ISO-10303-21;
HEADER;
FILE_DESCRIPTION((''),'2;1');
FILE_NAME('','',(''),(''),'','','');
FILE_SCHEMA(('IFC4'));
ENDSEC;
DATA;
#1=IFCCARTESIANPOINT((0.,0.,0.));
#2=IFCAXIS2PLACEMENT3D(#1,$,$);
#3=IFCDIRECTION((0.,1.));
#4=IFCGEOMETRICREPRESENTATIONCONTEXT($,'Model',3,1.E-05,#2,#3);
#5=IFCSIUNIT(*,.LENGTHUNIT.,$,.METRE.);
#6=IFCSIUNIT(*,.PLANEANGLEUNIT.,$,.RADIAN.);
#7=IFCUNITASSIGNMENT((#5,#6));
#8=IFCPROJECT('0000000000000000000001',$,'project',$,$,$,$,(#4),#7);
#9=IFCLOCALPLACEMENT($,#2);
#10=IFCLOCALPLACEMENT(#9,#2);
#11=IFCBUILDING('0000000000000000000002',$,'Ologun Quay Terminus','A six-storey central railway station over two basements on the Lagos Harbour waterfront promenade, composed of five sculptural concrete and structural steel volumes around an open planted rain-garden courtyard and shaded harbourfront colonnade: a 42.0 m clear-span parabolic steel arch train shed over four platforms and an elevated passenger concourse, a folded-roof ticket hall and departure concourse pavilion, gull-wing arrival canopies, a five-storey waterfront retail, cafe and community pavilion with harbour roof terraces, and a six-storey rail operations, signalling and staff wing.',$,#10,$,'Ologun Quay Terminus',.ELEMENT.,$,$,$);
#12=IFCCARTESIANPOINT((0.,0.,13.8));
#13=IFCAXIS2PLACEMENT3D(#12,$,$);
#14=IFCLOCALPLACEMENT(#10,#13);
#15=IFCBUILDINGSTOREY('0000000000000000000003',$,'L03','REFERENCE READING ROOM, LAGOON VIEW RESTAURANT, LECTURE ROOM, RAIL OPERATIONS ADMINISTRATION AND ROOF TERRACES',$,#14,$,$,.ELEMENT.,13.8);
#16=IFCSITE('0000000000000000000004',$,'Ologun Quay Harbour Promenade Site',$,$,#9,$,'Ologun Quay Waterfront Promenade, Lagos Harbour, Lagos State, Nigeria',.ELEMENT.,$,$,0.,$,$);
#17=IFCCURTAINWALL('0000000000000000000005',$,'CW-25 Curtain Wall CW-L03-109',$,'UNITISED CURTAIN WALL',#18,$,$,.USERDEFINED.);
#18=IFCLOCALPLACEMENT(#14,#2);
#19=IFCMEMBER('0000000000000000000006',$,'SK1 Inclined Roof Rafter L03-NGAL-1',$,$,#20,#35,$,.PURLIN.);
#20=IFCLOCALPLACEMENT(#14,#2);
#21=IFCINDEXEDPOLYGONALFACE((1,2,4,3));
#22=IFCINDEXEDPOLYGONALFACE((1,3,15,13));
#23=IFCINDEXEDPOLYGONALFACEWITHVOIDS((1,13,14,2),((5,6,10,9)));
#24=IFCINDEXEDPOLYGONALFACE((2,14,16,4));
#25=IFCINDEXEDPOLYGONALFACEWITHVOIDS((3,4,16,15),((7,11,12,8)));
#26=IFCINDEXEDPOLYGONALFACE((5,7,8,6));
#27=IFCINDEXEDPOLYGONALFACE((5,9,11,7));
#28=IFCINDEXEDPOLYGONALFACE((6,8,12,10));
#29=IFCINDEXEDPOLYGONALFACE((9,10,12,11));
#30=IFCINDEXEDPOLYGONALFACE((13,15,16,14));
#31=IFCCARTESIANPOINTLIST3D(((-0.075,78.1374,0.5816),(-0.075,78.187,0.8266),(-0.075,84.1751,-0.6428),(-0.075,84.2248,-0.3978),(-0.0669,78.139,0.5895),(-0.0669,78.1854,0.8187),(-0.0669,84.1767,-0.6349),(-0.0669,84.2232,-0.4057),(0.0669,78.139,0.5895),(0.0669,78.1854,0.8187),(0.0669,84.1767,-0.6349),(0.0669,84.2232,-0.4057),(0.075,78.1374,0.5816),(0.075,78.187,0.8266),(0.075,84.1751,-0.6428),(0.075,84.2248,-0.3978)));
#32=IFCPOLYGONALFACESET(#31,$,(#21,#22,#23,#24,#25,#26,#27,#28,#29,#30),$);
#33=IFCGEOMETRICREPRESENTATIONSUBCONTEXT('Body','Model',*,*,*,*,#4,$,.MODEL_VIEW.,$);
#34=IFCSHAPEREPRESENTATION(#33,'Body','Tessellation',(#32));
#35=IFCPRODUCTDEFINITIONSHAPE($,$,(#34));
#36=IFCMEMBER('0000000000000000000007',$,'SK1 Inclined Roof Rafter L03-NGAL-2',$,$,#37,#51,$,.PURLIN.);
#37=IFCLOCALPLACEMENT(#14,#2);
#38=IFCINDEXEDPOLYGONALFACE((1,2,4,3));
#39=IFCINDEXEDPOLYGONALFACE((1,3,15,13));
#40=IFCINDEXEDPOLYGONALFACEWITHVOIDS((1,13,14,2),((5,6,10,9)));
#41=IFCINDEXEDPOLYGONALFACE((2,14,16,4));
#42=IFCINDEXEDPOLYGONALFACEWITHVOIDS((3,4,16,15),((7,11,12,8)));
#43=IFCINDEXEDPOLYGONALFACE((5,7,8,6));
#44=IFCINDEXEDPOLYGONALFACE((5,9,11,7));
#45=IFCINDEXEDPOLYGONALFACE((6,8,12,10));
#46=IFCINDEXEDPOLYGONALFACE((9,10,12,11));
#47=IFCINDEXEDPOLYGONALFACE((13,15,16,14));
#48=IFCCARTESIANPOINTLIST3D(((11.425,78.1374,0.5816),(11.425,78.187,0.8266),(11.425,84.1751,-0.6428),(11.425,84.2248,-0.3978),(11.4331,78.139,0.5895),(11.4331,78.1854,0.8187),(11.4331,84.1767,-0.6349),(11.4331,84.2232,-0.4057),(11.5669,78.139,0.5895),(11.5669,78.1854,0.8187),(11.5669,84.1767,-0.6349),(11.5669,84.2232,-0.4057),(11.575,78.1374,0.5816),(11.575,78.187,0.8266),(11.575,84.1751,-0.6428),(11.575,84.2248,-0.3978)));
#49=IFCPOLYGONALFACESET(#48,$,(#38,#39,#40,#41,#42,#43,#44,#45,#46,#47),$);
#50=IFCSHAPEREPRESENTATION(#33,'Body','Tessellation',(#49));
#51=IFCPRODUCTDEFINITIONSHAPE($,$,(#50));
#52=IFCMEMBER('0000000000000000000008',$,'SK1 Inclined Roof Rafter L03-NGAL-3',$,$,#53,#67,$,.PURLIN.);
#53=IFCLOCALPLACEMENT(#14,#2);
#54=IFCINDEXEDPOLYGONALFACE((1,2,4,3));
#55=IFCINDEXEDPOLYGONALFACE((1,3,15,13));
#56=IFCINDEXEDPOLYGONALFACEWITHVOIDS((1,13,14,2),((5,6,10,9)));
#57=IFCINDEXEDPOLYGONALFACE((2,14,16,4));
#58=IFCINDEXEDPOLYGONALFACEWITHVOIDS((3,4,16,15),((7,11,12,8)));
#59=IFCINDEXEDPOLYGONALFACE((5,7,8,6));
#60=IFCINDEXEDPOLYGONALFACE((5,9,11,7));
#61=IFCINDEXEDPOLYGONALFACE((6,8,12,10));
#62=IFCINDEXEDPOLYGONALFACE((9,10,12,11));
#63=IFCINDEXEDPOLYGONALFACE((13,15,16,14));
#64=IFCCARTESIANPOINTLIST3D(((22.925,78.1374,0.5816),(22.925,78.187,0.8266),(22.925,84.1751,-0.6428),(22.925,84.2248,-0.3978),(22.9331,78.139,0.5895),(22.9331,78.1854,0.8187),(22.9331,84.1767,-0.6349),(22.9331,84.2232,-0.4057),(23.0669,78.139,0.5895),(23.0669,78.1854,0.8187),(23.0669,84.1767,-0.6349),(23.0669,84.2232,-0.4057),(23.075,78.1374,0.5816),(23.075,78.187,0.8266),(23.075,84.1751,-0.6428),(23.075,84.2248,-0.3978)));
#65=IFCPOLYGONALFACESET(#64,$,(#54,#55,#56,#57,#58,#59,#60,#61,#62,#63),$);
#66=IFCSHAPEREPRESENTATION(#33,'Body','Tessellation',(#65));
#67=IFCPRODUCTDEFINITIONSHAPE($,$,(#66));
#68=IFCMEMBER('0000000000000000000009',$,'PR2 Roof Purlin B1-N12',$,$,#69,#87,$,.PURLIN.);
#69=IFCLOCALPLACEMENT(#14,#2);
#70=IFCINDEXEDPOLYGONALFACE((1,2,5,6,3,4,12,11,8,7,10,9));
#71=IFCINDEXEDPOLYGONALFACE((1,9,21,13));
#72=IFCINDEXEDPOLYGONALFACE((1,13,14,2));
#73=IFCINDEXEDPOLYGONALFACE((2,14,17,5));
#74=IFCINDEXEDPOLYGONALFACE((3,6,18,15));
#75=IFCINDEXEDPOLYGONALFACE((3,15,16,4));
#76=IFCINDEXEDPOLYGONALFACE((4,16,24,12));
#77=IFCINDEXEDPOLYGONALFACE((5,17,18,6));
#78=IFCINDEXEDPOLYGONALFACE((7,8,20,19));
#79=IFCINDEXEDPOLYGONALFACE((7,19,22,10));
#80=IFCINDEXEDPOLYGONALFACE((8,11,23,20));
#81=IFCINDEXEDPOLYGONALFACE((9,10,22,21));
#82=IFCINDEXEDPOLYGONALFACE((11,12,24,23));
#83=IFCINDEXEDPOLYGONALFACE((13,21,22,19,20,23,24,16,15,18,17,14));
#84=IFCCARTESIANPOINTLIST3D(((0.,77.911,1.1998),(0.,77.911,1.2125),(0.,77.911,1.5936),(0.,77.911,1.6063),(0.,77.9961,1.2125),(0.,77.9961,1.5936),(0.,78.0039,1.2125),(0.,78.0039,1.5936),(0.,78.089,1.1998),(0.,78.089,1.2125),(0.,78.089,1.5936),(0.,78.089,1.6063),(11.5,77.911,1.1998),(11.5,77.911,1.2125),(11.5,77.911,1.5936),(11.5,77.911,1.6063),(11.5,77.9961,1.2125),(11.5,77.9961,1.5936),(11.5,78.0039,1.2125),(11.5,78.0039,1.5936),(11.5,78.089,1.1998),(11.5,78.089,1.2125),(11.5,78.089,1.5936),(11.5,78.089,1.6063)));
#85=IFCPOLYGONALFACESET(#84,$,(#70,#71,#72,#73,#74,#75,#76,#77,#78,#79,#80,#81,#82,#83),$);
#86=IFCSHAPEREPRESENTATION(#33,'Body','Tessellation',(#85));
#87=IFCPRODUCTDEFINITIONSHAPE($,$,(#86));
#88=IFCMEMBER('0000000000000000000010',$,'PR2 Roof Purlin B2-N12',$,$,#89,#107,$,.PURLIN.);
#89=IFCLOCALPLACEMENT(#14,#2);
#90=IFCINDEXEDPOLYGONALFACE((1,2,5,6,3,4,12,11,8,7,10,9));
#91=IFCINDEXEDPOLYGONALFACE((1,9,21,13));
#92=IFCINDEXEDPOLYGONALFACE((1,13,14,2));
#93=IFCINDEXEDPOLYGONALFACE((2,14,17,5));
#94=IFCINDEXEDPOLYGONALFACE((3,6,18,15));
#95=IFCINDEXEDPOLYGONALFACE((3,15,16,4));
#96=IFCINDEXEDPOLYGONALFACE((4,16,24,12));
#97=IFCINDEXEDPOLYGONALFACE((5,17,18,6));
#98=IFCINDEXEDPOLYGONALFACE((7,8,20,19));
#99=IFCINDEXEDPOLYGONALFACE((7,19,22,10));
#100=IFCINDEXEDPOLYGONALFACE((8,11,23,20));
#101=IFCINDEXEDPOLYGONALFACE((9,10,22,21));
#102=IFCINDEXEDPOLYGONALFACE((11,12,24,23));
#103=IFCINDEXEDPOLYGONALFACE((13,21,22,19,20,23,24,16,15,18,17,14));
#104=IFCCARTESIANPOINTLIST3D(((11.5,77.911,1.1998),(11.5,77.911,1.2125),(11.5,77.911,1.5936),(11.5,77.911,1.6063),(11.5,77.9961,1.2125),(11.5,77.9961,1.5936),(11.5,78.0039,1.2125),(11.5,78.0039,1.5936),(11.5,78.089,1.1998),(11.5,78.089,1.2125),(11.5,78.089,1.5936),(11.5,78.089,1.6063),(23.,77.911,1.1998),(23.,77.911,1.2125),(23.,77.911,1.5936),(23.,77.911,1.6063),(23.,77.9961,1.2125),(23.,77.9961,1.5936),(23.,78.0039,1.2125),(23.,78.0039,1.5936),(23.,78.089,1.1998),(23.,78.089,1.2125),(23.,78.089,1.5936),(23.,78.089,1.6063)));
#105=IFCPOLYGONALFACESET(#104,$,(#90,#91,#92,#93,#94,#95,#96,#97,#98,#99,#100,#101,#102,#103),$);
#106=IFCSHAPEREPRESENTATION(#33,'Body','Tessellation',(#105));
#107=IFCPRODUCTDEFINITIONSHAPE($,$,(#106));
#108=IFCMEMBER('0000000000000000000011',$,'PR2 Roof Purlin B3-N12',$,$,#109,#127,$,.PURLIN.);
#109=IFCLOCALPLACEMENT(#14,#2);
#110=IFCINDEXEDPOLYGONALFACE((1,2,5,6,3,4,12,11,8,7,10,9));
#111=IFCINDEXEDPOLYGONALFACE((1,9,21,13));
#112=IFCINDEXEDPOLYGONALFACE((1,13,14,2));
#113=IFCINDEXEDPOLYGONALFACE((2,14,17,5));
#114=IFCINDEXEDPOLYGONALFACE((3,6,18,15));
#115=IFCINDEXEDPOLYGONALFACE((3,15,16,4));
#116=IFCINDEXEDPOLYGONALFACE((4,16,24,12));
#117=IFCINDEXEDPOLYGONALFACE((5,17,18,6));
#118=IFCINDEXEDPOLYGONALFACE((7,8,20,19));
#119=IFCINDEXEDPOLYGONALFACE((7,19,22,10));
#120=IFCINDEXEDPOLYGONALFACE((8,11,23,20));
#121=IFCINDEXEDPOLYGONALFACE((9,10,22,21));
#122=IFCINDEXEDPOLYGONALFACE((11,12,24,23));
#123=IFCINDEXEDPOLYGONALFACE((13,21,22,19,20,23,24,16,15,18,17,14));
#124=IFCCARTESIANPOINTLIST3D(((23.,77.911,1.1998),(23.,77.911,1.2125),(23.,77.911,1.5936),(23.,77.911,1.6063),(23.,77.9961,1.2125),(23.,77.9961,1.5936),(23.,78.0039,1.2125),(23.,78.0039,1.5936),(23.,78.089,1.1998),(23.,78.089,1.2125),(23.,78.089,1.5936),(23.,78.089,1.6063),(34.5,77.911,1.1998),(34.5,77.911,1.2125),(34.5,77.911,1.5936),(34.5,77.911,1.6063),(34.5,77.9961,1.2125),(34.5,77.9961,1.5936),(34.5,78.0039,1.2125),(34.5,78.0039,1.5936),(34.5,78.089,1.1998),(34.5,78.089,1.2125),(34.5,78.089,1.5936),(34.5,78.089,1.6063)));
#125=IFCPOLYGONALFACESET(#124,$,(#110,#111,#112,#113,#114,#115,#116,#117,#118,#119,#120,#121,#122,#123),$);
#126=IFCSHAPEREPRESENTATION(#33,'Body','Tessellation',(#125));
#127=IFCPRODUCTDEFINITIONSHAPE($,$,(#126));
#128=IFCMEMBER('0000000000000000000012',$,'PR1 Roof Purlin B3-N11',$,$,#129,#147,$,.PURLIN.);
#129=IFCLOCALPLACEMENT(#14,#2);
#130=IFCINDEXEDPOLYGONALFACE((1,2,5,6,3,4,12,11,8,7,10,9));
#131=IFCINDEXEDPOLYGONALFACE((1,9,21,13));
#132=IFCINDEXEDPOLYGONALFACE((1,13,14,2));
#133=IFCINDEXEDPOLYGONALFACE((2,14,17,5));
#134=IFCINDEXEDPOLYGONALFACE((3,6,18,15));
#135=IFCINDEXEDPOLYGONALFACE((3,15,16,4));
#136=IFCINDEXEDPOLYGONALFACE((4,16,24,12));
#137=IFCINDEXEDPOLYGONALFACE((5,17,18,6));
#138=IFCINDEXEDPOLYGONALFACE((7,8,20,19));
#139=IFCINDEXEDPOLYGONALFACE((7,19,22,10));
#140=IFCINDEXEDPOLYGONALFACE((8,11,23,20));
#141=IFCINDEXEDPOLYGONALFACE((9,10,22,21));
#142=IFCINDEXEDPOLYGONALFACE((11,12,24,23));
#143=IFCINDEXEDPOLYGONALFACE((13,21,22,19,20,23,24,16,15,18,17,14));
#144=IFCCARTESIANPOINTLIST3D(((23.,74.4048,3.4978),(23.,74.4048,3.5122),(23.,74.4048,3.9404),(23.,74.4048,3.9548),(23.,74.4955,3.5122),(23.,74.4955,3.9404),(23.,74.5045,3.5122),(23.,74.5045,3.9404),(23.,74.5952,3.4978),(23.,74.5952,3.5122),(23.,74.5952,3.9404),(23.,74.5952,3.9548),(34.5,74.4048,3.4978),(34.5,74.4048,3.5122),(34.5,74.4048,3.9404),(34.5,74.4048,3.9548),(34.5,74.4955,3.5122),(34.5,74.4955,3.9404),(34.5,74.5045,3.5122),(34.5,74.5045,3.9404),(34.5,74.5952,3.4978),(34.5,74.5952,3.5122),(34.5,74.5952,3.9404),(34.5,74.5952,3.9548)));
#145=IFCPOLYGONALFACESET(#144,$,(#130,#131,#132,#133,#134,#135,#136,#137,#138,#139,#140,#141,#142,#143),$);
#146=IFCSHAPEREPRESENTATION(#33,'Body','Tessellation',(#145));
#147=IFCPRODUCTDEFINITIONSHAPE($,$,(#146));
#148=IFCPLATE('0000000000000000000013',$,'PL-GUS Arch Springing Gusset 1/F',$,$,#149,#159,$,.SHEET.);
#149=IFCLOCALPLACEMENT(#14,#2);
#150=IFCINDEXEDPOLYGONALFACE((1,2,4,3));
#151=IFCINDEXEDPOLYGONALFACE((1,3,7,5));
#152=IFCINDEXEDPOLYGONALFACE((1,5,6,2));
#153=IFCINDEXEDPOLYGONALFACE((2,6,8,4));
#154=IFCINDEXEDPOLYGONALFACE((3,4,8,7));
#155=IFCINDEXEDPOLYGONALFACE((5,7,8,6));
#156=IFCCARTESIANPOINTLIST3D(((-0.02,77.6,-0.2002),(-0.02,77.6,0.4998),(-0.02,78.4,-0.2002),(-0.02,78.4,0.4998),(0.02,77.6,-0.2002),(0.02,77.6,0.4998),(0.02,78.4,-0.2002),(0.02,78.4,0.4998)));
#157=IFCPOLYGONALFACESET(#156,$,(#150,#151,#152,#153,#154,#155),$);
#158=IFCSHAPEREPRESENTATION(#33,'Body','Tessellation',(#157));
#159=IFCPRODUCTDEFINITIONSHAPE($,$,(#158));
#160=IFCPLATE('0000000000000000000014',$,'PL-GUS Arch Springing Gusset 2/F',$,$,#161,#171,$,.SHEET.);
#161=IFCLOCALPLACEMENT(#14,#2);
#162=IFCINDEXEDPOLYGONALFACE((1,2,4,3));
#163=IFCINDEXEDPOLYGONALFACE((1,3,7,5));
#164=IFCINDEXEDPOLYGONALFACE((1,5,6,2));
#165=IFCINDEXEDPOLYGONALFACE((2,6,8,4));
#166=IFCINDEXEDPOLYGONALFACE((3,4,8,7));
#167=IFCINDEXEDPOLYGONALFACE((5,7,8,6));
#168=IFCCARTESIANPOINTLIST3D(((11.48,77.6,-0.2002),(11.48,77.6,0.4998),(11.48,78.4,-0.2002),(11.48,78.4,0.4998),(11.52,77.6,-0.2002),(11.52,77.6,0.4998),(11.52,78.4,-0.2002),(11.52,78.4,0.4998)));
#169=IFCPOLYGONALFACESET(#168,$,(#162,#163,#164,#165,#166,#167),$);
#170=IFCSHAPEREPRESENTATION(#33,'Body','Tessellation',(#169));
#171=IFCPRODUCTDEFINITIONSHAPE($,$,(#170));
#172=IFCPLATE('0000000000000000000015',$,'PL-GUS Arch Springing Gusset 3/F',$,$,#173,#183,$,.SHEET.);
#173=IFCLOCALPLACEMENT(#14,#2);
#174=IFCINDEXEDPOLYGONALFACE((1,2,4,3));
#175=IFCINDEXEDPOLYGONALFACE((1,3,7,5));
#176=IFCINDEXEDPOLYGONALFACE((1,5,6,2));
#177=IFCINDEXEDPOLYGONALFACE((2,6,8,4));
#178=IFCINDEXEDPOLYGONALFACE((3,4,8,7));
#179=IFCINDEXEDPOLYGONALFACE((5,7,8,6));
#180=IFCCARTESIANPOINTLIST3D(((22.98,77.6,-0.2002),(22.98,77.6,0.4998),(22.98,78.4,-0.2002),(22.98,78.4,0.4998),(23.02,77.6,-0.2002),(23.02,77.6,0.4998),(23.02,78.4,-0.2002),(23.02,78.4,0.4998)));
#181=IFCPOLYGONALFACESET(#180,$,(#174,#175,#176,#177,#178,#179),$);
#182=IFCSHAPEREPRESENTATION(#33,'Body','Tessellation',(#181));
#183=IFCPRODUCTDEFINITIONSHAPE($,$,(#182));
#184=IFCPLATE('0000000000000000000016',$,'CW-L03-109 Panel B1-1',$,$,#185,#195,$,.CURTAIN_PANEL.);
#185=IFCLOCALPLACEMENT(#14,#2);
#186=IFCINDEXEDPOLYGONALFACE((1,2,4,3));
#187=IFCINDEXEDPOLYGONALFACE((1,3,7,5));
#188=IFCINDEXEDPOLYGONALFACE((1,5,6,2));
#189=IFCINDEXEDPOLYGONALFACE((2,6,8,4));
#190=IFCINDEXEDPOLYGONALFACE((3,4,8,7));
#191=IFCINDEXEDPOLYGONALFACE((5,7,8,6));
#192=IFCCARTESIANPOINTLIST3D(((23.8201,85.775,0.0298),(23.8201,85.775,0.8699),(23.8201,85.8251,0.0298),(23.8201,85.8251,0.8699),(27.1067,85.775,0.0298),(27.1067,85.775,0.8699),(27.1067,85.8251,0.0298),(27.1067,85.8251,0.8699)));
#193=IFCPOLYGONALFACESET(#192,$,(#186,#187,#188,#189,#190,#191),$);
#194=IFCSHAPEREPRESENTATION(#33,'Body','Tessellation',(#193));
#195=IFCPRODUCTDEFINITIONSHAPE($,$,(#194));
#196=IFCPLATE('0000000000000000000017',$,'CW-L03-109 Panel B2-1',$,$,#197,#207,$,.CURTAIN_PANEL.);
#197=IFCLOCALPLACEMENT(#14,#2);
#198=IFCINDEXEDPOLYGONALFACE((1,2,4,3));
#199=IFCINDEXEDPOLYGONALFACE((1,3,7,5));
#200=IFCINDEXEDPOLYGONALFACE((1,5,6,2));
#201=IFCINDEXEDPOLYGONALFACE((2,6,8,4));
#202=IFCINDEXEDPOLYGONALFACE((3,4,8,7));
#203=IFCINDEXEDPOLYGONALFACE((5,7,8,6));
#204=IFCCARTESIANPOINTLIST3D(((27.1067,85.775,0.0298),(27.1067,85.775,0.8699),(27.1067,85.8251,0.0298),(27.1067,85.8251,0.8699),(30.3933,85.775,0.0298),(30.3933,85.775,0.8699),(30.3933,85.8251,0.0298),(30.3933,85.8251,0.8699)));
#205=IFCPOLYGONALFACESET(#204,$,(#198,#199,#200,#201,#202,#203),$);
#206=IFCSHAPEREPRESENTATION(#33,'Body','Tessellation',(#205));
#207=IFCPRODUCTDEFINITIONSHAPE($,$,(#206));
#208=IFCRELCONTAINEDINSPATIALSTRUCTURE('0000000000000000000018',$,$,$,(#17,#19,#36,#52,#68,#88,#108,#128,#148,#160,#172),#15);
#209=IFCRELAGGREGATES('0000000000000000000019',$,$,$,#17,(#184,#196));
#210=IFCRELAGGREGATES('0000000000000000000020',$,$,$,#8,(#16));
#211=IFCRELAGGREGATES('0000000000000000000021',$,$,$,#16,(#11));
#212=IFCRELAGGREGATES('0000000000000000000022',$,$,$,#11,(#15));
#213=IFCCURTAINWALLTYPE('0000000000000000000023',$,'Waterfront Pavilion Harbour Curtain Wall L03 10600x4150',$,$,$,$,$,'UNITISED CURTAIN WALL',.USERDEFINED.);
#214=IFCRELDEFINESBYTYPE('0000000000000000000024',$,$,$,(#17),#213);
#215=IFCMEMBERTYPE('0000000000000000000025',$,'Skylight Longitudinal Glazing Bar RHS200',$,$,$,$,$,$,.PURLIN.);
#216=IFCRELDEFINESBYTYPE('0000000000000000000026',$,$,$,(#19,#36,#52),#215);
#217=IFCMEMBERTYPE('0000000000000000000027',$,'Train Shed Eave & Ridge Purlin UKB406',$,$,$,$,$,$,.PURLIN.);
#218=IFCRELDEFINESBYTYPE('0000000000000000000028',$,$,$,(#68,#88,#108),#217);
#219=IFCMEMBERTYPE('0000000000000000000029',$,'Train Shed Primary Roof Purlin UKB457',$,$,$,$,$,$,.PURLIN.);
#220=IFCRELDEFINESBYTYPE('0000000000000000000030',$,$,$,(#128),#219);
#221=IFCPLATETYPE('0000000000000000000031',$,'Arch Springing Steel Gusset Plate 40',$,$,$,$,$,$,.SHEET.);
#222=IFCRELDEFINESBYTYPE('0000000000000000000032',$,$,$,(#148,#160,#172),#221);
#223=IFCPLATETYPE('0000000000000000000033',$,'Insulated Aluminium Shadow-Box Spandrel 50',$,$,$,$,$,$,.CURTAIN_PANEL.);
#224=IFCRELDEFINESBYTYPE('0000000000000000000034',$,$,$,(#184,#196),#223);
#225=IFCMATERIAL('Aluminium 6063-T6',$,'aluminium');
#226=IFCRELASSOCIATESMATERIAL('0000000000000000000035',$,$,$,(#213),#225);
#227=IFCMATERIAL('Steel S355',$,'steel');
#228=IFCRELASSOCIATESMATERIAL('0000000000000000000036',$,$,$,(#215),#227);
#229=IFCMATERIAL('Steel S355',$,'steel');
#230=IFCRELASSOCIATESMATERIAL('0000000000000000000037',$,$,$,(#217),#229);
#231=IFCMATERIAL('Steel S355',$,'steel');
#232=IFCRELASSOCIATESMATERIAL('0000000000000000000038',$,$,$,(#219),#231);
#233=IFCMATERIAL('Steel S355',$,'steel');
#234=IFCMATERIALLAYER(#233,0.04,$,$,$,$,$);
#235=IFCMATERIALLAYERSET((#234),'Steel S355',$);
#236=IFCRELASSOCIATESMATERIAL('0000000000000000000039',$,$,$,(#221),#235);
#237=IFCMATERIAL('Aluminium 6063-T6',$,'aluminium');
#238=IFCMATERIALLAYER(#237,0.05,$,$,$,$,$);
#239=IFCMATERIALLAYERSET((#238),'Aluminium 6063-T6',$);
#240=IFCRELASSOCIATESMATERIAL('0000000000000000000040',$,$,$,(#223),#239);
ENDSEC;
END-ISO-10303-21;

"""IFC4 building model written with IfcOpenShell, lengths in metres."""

from ifc_helpers import new_model, si_unit, direction, frame, origin, origin_2d, place, context, subcontext, project, spatial, rectangle, hollow_rectangle, i_section, extrude, material, layer, layer_set, material_profile, profile_set, type_object, element, aggregate, save


model = new_model("IFC4")

# Units and contexts
model_context = context("Model", 3, precision=1e-05, world=origin(), true_north=direction((0.0, 1.0)))
body_context = subcontext(model_context, "Body", "Model", "MODEL_VIEW")
ifc_project = project(units=[si_unit("LENGTHUNIT", "METRE"), si_unit("PLANEANGLEUNIT", "RADIAN")], contexts=[model_context])

# Site, building, storey
site_placement = place(None, origin())
site = spatial("IfcSite", under=ifc_project, at=site_placement, Name="Ologun Quay Harbour Promenade Site", LongName="Ologun Quay Waterfront Promenade, Lagos Harbour, Lagos State, Nigeria", CompositionType="ELEMENT", RefElevation=0.0)
building_placement = place(site_placement, origin())
building = spatial("IfcBuilding", under=site, at=building_placement, Name="Ologun Quay Terminus", Description="A six-storey central railway station over two basements on the Lagos Harbour waterfront promenade, composed of five sculptural concrete and structural steel volumes around an open planted rain-garden courtyard and shaded harbourfront colonnade: a 42.0 m clear-span parabolic steel arch train shed over four platforms and an elevated passenger concourse, a folded-roof ticket hall and departure concourse pavilion, gull-wing arrival canopies, a five-storey waterfront retail, cafe and community pavilion with harbour roof terraces, and a six-storey rail operations, signalling and staff wing.", LongName="Ologun Quay Terminus", CompositionType="ELEMENT")
storey_placement = place(building_placement, frame((0.0, 0.0, 13.8)))
storey = spatial("IfcBuildingStorey", under=building, at=storey_placement, Name="L03", Description="REFERENCE READING ROOM, LAGOON VIEW RESTAURANT, LECTURE ROOM, RAIL OPERATIONS ADMINISTRATION AND ROOF TERRACES", CompositionType="ELEMENT", Elevation=13.8)

# Curtain wall
ifc_material_1 = material(Name="Aluminium 6063-T6", Category="aluminium")
curtain_wall_type = type_object("IfcCurtainWallType", Name="Waterfront Pavilion Harbour Curtain Wall L03 10600x4150", ElementType="UNITISED CURTAIN WALL", PredefinedType="USERDEFINED", material=ifc_material_1)
curtain_wall_placement = place(storey_placement, origin())
curtain_wall = element("IfcCurtainWall", 1, at=curtain_wall_placement, inside=storey, type_object=curtain_wall_type, Name="CW-25 Curtain Wall CW-L03-109", ObjectType="UNITISED CURTAIN WALL", PredefinedType="USERDEFINED")

# Members
ifc_material_2 = material(Name="Steel S355", Category="steel")
ifc_material_profile_1 = material_profile(ifc_material_2, hollow_rectangle(XDim=0.1499, YDim=0.25, WallThickness=0.0081, at=origin_2d()), Name="RHS 250x150x8")
ifc_profile_set_1 = profile_set([ifc_material_profile_1], Name="Steel S355")
member_type_1 = type_object("IfcMemberType", Name="Skylight Longitudinal Glazing Bar RHS200", PredefinedType="PURLIN", material=ifc_profile_set_1)
for number, where, z_axis, x_axis, name in (
    (2, (0.0, 84.2, -0.5203), (0.0, -0.980053, 0.198737), (1.0, 0.0, 0.0), "SK1 Inclined Roof Rafter L03-NGAL-1"),
    (3, (11.5, 84.2, -0.5203), (0.0, -0.980053, 0.198737), (1.0, 0.0, 0.0), "SK1 Inclined Roof Rafter L03-NGAL-2"),
    (4, (23.0, 84.2, -0.5203), (0.0, -0.980053, 0.198737), (1.0, 0.0, 0.0), "SK1 Inclined Roof Rafter L03-NGAL-3"),
):
    element("IfcMember", number, at=place(storey_placement, frame(where, z_axis=z_axis, x_axis=x_axis)), inside=storey, type_object=member_type_1, Name=name, PredefinedType="PURLIN", context=body_context, shape_type="SweptSolid", body=[
        extrude(hollow_rectangle(XDim=0.1499, YDim=0.25, WallThickness=0.0081, at=origin_2d()), origin(), (0.0, 0.0, 1.0), 6.1606),
    ])
ifc_material_3 = material(Name="Steel S355", Category="steel")
ifc_material_profile_2 = material_profile(ifc_material_3, i_section(OverallWidth=0.178, OverallDepth=0.4065, WebThickness=0.0078, FlangeThickness=0.0127, at=origin_2d()), Name="UKB 406x178x60")
ifc_profile_set_2 = profile_set([ifc_material_profile_2], Name="Steel S355")
member_type_2 = type_object("IfcMemberType", Name="Train Shed Eave & Ridge Purlin UKB406", PredefinedType="PURLIN", material=ifc_profile_set_2)
for number, where, z_axis, x_axis, name in (
    (5, (0.0, 78.0, 1.4031), (1.0, 0.0, 0.0), (0.0, 1.0, 0.0), "PR2 Roof Purlin B1-N12"),
    (6, (11.5, 78.0, 1.4031), (1.0, 0.0, 0.0), (0.0, 1.0, 0.0), "PR2 Roof Purlin B2-N12"),
    (7, (23.0, 78.0, 1.4031), (1.0, 0.0, 0.0), (0.0, 1.0, 0.0), "PR2 Roof Purlin B3-N12"),
):
    element("IfcMember", number, at=place(storey_placement, frame(where, z_axis=z_axis, x_axis=x_axis)), inside=storey, type_object=member_type_2, Name=name, PredefinedType="PURLIN", context=body_context, shape_type="SweptSolid", body=[
        extrude(i_section(OverallWidth=0.178, OverallDepth=0.4065, WebThickness=0.0078, FlangeThickness=0.0127, at=origin_2d()), origin(), (0.0, 0.0, 1.0), 11.5),
    ])
ifc_material_4 = material(Name="Steel S355", Category="steel")
ifc_material_profile_3 = material_profile(ifc_material_4, i_section(OverallWidth=0.1904, OverallDepth=0.457, WebThickness=0.009, FlangeThickness=0.0144, at=origin_2d()), Name="UKB 457x191x74")
ifc_profile_set_3 = profile_set([ifc_material_profile_3], Name="Steel S355")
member_type_3 = type_object("IfcMemberType", Name="Train Shed Primary Roof Purlin UKB457", PredefinedType="PURLIN", material=ifc_profile_set_3)
member_1_placement = place(storey_placement, frame((23.0, 74.5, 3.7263), z_axis=(1.0, 0.0, 0.0), x_axis=(0.0, 1.0, 0.0)))
element("IfcMember", 8, at=member_1_placement, inside=storey, type_object=member_type_3, Name="PR1 Roof Purlin B3-N11", PredefinedType="PURLIN", context=body_context, shape_type="SweptSolid", body=[
    extrude(i_section(OverallWidth=0.1904, OverallDepth=0.457, WebThickness=0.009, FlangeThickness=0.0144, at=origin_2d()), origin(), (0.0, 0.0, 1.0), 11.5),
])

# Plates
ifc_material_5 = material(Name="Steel S355", Category="steel")
ifc_layer_1 = layer(ifc_material_5, 0.04)
ifc_layer_set_1 = layer_set([ifc_layer_1], Name="Steel S355")
plate_type_1 = type_object("IfcPlateType", Name="Arch Springing Steel Gusset Plate 40", PredefinedType="SHEET", material=ifc_layer_set_1)
for number, where, z_axis, x_axis, name in (
    (9, (0.0, 78.0, -0.2002), (0.0, 0.0, 1.0), (0.0, 1.0, 0.0), "PL-GUS Arch Springing Gusset 1/F"),
    (10, (11.5, 78.0, -0.2002), (0.0, 0.0, 1.0), (0.0, 1.0, 0.0), "PL-GUS Arch Springing Gusset 2/F"),
    (11, (23.0, 78.0, -0.2002), (0.0, 0.0, 1.0), (0.0, 1.0, 0.0), "PL-GUS Arch Springing Gusset 3/F"),
):
    element("IfcPlate", number, at=place(storey_placement, frame(where, z_axis=z_axis, x_axis=x_axis)), inside=storey, type_object=plate_type_1, Name=name, PredefinedType="SHEET", context=body_context, shape_type="SweptSolid", body=[
        extrude(rectangle(XDim=0.8, YDim=0.04, at=origin_2d()), origin(), (0.0, 0.0, 1.0), 0.7),
    ])

# Plates
ifc_material_6 = material(Name="Aluminium 6063-T6", Category="aluminium")
ifc_layer_2 = layer(ifc_material_6, 0.05)
ifc_layer_set_2 = layer_set([ifc_layer_2], Name="Aluminium 6063-T6")
plate_type_2 = type_object("IfcPlateType", Name="Insulated Aluminium Shadow-Box Spandrel 50", PredefinedType="CURTAIN_PANEL", material=ifc_layer_set_2)
plate_1_placement = place(storey_placement, frame((25.4634, 85.8, 0.0298), z_axis=(0.0, 0.0, 1.0), x_axis=(1.0, 0.0, 0.0)))
plate_1 = element("IfcPlate", 12, at=plate_1_placement, type_object=plate_type_2, Name="CW-L03-109 Panel B1-1", PredefinedType="CURTAIN_PANEL", context=body_context, shape_type="SweptSolid", body=[
    extrude(rectangle(XDim=3.2866, YDim=0.05, at=origin_2d()), origin(), (0.0, 0.0, 1.0), 0.8401),
])
plate_2_placement = place(storey_placement, frame((28.75, 85.8, 0.0298), z_axis=(0.0, 0.0, 1.0), x_axis=(1.0, 0.0, 0.0)))
plate_2 = element("IfcPlate", 13, at=plate_2_placement, type_object=plate_type_2, Name="CW-L03-109 Panel B2-1", PredefinedType="CURTAIN_PANEL", context=body_context, shape_type="SweptSolid", body=[
    extrude(rectangle(XDim=3.2866, YDim=0.05, at=origin_2d()), origin(), (0.0, 0.0, 1.0), 0.8401),
])

aggregate(curtain_wall, [plate_1, plate_2])

save(model, "model.ifc")
